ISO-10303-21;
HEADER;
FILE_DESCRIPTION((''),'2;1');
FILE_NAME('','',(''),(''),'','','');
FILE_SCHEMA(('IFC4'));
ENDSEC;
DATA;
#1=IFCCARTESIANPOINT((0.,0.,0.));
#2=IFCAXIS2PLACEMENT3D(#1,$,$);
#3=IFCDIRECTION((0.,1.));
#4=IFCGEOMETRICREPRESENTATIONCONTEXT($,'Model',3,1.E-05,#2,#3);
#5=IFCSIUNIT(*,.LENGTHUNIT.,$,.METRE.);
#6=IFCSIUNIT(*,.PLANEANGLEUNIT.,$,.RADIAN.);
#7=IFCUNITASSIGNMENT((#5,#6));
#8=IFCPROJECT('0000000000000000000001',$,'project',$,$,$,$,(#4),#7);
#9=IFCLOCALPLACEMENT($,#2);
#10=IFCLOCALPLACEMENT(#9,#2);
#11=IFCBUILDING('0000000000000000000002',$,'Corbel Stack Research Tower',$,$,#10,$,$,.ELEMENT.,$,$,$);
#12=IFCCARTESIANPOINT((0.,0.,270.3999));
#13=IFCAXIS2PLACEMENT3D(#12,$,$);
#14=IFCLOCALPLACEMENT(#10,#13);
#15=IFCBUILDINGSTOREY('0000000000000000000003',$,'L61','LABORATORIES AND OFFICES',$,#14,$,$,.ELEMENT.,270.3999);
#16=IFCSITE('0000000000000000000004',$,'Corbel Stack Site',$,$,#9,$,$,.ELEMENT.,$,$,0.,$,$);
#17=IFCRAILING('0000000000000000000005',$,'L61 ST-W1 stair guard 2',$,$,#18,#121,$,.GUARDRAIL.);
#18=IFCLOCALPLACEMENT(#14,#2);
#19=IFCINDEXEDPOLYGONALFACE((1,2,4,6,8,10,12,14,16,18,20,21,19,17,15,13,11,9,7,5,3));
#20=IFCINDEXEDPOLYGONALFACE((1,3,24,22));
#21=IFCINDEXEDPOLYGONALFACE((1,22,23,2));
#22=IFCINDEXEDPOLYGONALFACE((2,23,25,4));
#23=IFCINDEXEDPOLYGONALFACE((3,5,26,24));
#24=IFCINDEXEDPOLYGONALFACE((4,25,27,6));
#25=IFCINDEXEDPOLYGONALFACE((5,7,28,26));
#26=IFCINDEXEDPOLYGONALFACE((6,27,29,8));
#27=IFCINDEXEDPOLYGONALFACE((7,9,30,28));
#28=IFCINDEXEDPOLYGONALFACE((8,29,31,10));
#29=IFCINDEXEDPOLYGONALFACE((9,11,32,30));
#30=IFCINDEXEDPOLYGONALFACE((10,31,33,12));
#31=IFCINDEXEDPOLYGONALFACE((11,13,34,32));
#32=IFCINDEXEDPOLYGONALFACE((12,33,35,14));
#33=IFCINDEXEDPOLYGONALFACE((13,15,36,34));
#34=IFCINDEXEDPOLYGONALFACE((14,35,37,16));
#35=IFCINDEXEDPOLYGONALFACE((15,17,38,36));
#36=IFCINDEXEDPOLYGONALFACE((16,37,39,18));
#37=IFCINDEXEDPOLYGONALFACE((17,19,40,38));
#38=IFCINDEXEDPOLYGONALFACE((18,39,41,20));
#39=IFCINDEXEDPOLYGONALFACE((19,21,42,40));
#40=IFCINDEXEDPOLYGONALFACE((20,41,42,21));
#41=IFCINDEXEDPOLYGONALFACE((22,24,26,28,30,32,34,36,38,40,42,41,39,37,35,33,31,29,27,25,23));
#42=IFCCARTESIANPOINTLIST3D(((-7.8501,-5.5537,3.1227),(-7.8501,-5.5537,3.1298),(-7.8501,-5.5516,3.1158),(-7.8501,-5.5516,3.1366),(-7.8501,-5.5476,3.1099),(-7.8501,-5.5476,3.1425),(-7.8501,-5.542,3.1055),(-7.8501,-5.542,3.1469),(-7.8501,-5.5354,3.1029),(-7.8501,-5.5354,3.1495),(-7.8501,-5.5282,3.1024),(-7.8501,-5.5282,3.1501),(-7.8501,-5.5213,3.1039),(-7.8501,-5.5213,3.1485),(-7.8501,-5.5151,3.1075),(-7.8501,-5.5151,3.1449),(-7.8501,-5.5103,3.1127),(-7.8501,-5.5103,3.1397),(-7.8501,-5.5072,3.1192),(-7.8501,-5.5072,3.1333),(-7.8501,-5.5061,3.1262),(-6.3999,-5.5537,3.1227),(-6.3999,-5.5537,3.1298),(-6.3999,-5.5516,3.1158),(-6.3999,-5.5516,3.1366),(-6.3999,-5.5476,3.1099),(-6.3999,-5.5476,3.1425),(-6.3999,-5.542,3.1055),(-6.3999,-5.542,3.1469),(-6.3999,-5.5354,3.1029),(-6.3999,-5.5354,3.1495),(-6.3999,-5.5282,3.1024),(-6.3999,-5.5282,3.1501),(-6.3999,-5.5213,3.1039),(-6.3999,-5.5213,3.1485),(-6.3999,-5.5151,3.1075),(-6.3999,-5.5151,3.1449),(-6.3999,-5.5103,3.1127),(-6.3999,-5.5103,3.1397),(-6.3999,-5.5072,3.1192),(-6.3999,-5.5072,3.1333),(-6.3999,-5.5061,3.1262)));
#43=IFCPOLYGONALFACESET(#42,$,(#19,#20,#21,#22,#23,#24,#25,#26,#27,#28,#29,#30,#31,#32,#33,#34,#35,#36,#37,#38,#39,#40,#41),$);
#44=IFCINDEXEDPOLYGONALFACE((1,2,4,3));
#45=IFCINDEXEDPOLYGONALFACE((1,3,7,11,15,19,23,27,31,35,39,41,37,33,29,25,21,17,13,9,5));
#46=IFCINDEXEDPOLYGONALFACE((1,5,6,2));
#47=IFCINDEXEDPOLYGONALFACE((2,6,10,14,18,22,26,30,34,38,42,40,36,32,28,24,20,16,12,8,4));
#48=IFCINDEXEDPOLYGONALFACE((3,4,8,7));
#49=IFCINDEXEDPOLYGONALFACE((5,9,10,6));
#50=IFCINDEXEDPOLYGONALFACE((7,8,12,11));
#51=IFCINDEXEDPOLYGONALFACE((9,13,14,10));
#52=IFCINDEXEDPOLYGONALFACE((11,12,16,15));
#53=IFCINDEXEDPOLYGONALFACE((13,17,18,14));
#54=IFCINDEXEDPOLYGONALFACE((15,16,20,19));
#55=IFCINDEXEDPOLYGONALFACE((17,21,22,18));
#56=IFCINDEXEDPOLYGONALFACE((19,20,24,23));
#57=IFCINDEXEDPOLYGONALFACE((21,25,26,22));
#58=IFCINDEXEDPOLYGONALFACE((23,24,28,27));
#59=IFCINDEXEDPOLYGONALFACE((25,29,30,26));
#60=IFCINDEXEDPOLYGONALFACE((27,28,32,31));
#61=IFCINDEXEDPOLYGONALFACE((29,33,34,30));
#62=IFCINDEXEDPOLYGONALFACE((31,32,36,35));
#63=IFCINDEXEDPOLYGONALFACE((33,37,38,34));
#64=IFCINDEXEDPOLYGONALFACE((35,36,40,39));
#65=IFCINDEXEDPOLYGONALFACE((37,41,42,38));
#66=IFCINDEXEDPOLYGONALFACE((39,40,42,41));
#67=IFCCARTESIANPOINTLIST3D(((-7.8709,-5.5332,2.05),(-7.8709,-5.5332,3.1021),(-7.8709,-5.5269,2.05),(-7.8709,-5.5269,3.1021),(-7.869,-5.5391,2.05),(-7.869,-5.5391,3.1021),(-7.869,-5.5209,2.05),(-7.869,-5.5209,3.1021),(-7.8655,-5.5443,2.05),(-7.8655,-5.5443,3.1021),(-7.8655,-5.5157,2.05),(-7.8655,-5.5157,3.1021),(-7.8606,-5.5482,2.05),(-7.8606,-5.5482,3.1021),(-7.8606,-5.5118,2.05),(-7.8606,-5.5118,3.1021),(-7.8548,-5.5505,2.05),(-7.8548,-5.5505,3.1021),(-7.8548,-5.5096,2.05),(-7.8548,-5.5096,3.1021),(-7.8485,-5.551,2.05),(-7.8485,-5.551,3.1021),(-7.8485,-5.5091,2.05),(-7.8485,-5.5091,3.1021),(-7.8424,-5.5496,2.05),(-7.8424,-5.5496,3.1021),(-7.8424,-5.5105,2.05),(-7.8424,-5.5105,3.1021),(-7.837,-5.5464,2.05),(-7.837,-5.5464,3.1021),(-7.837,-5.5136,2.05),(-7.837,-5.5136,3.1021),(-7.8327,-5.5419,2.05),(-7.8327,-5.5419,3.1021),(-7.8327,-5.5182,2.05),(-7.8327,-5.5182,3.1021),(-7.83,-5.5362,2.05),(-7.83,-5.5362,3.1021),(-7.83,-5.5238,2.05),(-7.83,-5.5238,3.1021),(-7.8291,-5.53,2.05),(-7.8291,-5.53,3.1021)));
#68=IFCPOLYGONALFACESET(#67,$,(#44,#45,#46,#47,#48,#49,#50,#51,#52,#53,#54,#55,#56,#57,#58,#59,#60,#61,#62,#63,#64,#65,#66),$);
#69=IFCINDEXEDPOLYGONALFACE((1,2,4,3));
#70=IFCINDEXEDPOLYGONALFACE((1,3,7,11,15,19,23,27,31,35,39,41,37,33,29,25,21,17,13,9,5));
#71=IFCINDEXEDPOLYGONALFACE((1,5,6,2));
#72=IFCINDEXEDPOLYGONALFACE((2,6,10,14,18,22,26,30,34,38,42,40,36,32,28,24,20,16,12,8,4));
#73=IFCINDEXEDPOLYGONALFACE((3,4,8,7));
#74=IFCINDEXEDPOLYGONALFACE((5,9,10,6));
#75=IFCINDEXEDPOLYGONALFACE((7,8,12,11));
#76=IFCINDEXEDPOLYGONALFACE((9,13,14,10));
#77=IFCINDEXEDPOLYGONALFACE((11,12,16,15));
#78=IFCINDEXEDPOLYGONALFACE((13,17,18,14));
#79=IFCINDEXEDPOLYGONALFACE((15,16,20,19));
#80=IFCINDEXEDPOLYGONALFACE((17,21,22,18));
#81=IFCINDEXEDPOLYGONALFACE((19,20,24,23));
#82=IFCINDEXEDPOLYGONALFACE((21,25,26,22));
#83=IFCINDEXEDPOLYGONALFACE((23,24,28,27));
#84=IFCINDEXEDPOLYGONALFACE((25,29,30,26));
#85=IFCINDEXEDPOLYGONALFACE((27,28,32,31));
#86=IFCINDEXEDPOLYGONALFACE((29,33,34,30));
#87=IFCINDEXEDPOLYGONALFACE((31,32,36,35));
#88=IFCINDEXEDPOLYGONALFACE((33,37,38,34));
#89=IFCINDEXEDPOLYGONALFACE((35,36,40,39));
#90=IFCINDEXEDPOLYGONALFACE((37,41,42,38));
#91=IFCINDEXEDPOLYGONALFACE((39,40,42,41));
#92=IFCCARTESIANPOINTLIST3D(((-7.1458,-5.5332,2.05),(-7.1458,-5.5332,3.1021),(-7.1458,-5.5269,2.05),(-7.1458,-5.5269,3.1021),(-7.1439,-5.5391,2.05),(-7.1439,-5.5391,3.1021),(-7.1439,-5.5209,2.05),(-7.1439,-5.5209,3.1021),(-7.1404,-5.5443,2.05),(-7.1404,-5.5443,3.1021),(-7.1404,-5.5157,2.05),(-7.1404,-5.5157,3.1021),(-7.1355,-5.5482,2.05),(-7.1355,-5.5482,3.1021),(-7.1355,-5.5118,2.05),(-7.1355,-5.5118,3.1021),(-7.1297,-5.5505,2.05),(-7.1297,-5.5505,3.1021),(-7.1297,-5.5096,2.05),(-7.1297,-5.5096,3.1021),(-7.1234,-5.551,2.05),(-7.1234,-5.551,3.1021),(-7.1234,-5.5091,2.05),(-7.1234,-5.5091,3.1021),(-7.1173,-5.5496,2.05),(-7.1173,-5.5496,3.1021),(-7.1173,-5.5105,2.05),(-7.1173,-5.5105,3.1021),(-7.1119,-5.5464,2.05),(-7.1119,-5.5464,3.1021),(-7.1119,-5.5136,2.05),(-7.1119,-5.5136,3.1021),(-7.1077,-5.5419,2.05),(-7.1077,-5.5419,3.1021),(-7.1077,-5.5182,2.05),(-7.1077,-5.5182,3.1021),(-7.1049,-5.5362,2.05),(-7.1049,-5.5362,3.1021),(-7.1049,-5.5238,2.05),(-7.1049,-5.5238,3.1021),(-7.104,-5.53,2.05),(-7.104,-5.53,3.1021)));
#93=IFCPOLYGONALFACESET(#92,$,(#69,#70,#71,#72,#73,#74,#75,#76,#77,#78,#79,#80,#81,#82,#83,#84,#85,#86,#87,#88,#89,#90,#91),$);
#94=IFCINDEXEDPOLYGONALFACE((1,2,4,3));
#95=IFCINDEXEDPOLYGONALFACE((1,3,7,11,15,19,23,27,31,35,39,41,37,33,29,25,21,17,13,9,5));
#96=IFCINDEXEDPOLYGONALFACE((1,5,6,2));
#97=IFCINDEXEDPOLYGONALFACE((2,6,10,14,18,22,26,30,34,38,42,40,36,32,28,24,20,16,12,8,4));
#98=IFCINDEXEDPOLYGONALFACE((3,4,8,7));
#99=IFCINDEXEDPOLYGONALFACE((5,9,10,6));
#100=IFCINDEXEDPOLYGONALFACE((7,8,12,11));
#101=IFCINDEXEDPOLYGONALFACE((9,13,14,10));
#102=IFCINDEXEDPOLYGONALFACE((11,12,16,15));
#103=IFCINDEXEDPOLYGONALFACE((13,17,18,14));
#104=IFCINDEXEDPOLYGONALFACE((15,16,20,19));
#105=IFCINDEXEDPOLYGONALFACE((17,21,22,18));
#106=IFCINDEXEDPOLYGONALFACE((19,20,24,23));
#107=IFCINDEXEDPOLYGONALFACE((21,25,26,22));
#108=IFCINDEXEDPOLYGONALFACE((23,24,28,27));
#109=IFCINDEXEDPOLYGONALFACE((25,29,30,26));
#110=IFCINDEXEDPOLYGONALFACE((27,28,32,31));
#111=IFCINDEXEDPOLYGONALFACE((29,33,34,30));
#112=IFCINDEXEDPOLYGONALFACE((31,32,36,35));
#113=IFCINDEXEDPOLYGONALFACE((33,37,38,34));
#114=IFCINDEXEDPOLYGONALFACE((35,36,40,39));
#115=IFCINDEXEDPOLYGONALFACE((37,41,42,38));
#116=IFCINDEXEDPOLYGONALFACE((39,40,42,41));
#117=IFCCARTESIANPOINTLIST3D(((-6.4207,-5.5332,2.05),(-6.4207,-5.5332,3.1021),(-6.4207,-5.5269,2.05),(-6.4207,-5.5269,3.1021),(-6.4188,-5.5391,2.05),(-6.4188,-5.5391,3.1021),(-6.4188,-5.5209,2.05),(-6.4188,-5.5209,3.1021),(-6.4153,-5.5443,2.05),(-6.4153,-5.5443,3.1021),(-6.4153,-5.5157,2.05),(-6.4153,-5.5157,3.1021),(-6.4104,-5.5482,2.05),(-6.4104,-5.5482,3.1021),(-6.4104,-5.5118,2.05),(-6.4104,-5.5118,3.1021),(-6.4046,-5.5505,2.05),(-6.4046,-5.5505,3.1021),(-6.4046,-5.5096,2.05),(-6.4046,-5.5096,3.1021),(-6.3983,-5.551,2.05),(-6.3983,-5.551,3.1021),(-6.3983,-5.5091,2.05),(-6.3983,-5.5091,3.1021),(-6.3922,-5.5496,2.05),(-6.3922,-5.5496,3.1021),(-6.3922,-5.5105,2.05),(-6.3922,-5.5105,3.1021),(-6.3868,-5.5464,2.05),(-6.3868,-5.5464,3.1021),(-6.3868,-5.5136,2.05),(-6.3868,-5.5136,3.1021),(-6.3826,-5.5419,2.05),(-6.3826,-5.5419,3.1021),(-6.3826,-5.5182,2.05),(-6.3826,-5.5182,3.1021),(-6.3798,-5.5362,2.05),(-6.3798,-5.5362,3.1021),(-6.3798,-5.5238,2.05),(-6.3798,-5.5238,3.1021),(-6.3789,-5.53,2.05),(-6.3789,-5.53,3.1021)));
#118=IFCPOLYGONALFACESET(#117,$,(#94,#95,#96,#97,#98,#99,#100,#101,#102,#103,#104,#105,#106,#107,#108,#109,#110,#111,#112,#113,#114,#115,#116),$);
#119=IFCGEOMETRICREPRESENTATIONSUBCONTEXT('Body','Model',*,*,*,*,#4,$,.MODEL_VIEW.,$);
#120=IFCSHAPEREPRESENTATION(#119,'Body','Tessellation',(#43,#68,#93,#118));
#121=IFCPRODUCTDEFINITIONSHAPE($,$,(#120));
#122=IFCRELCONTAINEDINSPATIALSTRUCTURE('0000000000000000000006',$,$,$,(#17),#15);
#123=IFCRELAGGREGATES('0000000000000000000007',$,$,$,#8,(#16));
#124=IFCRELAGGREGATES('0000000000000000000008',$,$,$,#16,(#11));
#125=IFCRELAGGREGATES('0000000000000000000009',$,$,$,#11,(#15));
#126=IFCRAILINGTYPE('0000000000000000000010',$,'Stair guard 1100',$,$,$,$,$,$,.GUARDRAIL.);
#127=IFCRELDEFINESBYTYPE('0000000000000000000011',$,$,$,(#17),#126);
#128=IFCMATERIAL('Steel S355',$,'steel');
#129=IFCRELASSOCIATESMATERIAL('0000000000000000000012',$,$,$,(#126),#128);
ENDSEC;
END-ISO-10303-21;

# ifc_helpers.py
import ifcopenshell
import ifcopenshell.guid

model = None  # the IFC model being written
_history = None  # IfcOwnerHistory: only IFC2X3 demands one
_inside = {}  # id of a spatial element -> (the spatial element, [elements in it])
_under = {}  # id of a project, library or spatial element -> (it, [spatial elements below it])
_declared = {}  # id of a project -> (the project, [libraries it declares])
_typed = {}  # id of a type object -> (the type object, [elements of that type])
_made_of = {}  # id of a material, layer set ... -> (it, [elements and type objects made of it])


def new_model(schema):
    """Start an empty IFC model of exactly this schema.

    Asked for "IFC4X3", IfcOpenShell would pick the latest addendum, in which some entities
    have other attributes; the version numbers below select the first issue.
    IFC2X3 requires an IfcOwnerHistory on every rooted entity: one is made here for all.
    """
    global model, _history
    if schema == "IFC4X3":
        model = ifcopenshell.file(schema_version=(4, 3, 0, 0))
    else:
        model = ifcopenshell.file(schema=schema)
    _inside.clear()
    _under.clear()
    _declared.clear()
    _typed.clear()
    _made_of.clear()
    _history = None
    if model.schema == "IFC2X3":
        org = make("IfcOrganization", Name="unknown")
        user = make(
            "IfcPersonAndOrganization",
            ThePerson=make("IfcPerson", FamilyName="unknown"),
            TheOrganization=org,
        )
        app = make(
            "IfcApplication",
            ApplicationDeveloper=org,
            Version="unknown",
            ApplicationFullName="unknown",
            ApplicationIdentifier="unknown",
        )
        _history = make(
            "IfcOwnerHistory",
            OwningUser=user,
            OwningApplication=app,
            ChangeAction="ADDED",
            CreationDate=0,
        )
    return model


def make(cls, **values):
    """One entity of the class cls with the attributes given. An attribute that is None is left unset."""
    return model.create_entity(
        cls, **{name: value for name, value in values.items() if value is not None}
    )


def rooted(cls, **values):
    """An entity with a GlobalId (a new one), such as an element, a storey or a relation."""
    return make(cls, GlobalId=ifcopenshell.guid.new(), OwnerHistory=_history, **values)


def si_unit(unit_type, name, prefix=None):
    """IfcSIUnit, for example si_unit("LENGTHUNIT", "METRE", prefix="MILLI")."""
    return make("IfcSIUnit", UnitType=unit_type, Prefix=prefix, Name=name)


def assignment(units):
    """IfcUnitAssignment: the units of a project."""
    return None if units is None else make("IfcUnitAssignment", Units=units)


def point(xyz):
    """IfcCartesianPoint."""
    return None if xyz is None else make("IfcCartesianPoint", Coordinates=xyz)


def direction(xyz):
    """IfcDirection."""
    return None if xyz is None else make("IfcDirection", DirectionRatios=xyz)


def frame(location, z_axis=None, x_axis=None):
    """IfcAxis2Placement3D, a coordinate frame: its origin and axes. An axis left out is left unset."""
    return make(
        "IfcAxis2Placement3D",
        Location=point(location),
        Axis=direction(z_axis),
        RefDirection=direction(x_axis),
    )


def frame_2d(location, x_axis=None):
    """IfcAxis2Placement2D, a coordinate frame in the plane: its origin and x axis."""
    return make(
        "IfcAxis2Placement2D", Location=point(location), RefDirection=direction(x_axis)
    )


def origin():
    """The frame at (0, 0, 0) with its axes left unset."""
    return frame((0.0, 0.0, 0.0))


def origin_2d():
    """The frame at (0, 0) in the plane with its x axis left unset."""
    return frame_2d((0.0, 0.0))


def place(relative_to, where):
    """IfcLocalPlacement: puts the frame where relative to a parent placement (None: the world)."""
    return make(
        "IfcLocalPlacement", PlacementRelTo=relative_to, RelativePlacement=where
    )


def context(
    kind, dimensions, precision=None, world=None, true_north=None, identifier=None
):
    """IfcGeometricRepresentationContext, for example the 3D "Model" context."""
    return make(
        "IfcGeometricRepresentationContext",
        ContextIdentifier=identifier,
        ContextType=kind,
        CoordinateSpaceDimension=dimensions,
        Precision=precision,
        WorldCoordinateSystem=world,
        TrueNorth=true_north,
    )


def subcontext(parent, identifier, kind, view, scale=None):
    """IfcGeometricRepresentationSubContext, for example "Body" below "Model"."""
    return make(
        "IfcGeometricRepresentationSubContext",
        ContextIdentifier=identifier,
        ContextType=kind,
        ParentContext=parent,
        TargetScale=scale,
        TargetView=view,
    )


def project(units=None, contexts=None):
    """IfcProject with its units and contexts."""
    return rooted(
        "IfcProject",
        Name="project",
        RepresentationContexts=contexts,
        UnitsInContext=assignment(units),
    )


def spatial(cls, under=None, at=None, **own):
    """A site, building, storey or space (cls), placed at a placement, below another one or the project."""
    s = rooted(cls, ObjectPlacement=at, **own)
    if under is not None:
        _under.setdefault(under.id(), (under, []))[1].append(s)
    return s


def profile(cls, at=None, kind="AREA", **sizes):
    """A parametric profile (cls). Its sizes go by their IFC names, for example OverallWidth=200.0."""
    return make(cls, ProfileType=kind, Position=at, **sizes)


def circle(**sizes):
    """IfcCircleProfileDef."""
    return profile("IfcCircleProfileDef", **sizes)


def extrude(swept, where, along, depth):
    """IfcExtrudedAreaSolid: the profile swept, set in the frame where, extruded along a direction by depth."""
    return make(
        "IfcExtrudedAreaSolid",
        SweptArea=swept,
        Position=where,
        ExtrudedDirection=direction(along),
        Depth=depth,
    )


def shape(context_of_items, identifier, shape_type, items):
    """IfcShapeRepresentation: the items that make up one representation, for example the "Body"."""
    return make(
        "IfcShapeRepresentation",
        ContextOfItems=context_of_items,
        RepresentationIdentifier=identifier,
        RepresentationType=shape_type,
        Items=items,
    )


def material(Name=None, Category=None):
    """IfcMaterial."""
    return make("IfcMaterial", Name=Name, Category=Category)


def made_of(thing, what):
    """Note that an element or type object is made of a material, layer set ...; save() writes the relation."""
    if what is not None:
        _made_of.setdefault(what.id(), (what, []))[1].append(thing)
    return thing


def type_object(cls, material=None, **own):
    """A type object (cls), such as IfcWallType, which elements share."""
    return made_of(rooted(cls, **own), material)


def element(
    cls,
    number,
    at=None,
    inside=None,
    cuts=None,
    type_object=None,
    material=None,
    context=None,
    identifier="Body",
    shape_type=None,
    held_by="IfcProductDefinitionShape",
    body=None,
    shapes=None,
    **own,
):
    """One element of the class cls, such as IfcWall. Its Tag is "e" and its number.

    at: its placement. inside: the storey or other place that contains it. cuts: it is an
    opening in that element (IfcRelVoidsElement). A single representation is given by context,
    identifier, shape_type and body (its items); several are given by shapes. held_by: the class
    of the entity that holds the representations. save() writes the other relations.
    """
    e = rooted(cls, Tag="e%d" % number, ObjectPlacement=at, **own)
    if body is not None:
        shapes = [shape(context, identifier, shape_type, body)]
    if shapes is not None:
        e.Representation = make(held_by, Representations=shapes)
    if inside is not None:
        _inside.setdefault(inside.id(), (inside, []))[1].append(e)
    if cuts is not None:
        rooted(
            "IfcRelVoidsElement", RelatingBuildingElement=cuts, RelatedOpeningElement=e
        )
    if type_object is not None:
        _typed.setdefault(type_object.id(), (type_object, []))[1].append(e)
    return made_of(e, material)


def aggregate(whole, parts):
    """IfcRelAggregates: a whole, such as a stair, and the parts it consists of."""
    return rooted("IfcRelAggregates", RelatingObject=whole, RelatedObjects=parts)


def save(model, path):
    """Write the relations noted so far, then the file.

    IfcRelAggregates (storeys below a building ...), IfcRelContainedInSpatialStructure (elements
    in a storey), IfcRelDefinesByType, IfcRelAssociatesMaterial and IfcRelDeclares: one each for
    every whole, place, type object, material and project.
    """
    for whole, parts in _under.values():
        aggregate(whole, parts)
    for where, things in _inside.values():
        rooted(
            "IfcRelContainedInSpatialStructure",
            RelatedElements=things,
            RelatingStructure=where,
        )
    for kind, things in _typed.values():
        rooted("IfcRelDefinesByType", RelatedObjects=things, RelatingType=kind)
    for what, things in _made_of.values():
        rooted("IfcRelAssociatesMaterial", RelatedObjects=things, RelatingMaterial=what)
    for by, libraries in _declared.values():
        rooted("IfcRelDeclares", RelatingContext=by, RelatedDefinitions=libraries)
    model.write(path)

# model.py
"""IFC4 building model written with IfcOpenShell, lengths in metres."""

from ifc_helpers import new_model, si_unit, direction, frame, origin, origin_2d, place, context, subcontext, project, spatial, circle, extrude, material, type_object, element, save


model = new_model("IFC4")

# Units and contexts
model_context = context("Model", 3, precision=1e-05, world=origin(), true_north=direction((0.0, 1.0)))
body_context = subcontext(model_context, "Body", "Model", "MODEL_VIEW")
ifc_project = project(units=[si_unit("LENGTHUNIT", "METRE"), si_unit("PLANEANGLEUNIT", "RADIAN")], contexts=[model_context])

# Site, building, storey
site_placement = place(None, origin())
site = spatial("IfcSite", under=ifc_project, at=site_placement, Name="Corbel Stack Site", CompositionType="ELEMENT", RefElevation=0.0)
building_placement = place(site_placement, origin())
building = spatial("IfcBuilding", under=site, at=building_placement, Name="Corbel Stack Research Tower", CompositionType="ELEMENT")
storey_placement = place(building_placement, frame((0.0, 0.0, 270.3999)))
storey = spatial("IfcBuildingStorey", under=building, at=storey_placement, Name="L61", Description="LABORATORIES AND OFFICES", CompositionType="ELEMENT", Elevation=270.3999)

# Railing
ifc_material_1 = material(Name="Steel S355", Category="steel")
railing_type_1 = type_object("IfcRailingType", Name="Stair guard 1100", PredefinedType="GUARDRAIL", material=ifc_material_1)
railing_1_placement = place(storey_placement, frame((-7.8501, -5.53, 2.05)))
element("IfcRailing", 1, at=railing_1_placement, inside=storey, type_object=railing_type_1, Name="L61 ST-W1 stair guard 2", PredefinedType="GUARDRAIL", context=body_context, shape_type="SweptSolid", body=[
    extrude(circle(Radius=0.0239, at=origin_2d()), frame((0.0, 0.0, 1.0762), z_axis=(1.0, 0.0, 0.0), x_axis=(0.0, 1.0, 0.0)), (0.0, 0.0, 1.0), 1.4502),
    extrude(circle(Radius=0.021, at=origin_2d()), origin(), (0.0, 0.0, 1.0), 1.052),
    extrude(circle(Radius=0.021, at=origin_2d()), frame((0.7251, 0.0, 0.0)), (0.0, 0.0, 1.0), 1.052),
    extrude(circle(Radius=0.021, at=origin_2d()), frame((1.4502, 0.0, 0.0)), (0.0, 0.0, 1.0), 1.052),
])

save(model, "model.ifc")
